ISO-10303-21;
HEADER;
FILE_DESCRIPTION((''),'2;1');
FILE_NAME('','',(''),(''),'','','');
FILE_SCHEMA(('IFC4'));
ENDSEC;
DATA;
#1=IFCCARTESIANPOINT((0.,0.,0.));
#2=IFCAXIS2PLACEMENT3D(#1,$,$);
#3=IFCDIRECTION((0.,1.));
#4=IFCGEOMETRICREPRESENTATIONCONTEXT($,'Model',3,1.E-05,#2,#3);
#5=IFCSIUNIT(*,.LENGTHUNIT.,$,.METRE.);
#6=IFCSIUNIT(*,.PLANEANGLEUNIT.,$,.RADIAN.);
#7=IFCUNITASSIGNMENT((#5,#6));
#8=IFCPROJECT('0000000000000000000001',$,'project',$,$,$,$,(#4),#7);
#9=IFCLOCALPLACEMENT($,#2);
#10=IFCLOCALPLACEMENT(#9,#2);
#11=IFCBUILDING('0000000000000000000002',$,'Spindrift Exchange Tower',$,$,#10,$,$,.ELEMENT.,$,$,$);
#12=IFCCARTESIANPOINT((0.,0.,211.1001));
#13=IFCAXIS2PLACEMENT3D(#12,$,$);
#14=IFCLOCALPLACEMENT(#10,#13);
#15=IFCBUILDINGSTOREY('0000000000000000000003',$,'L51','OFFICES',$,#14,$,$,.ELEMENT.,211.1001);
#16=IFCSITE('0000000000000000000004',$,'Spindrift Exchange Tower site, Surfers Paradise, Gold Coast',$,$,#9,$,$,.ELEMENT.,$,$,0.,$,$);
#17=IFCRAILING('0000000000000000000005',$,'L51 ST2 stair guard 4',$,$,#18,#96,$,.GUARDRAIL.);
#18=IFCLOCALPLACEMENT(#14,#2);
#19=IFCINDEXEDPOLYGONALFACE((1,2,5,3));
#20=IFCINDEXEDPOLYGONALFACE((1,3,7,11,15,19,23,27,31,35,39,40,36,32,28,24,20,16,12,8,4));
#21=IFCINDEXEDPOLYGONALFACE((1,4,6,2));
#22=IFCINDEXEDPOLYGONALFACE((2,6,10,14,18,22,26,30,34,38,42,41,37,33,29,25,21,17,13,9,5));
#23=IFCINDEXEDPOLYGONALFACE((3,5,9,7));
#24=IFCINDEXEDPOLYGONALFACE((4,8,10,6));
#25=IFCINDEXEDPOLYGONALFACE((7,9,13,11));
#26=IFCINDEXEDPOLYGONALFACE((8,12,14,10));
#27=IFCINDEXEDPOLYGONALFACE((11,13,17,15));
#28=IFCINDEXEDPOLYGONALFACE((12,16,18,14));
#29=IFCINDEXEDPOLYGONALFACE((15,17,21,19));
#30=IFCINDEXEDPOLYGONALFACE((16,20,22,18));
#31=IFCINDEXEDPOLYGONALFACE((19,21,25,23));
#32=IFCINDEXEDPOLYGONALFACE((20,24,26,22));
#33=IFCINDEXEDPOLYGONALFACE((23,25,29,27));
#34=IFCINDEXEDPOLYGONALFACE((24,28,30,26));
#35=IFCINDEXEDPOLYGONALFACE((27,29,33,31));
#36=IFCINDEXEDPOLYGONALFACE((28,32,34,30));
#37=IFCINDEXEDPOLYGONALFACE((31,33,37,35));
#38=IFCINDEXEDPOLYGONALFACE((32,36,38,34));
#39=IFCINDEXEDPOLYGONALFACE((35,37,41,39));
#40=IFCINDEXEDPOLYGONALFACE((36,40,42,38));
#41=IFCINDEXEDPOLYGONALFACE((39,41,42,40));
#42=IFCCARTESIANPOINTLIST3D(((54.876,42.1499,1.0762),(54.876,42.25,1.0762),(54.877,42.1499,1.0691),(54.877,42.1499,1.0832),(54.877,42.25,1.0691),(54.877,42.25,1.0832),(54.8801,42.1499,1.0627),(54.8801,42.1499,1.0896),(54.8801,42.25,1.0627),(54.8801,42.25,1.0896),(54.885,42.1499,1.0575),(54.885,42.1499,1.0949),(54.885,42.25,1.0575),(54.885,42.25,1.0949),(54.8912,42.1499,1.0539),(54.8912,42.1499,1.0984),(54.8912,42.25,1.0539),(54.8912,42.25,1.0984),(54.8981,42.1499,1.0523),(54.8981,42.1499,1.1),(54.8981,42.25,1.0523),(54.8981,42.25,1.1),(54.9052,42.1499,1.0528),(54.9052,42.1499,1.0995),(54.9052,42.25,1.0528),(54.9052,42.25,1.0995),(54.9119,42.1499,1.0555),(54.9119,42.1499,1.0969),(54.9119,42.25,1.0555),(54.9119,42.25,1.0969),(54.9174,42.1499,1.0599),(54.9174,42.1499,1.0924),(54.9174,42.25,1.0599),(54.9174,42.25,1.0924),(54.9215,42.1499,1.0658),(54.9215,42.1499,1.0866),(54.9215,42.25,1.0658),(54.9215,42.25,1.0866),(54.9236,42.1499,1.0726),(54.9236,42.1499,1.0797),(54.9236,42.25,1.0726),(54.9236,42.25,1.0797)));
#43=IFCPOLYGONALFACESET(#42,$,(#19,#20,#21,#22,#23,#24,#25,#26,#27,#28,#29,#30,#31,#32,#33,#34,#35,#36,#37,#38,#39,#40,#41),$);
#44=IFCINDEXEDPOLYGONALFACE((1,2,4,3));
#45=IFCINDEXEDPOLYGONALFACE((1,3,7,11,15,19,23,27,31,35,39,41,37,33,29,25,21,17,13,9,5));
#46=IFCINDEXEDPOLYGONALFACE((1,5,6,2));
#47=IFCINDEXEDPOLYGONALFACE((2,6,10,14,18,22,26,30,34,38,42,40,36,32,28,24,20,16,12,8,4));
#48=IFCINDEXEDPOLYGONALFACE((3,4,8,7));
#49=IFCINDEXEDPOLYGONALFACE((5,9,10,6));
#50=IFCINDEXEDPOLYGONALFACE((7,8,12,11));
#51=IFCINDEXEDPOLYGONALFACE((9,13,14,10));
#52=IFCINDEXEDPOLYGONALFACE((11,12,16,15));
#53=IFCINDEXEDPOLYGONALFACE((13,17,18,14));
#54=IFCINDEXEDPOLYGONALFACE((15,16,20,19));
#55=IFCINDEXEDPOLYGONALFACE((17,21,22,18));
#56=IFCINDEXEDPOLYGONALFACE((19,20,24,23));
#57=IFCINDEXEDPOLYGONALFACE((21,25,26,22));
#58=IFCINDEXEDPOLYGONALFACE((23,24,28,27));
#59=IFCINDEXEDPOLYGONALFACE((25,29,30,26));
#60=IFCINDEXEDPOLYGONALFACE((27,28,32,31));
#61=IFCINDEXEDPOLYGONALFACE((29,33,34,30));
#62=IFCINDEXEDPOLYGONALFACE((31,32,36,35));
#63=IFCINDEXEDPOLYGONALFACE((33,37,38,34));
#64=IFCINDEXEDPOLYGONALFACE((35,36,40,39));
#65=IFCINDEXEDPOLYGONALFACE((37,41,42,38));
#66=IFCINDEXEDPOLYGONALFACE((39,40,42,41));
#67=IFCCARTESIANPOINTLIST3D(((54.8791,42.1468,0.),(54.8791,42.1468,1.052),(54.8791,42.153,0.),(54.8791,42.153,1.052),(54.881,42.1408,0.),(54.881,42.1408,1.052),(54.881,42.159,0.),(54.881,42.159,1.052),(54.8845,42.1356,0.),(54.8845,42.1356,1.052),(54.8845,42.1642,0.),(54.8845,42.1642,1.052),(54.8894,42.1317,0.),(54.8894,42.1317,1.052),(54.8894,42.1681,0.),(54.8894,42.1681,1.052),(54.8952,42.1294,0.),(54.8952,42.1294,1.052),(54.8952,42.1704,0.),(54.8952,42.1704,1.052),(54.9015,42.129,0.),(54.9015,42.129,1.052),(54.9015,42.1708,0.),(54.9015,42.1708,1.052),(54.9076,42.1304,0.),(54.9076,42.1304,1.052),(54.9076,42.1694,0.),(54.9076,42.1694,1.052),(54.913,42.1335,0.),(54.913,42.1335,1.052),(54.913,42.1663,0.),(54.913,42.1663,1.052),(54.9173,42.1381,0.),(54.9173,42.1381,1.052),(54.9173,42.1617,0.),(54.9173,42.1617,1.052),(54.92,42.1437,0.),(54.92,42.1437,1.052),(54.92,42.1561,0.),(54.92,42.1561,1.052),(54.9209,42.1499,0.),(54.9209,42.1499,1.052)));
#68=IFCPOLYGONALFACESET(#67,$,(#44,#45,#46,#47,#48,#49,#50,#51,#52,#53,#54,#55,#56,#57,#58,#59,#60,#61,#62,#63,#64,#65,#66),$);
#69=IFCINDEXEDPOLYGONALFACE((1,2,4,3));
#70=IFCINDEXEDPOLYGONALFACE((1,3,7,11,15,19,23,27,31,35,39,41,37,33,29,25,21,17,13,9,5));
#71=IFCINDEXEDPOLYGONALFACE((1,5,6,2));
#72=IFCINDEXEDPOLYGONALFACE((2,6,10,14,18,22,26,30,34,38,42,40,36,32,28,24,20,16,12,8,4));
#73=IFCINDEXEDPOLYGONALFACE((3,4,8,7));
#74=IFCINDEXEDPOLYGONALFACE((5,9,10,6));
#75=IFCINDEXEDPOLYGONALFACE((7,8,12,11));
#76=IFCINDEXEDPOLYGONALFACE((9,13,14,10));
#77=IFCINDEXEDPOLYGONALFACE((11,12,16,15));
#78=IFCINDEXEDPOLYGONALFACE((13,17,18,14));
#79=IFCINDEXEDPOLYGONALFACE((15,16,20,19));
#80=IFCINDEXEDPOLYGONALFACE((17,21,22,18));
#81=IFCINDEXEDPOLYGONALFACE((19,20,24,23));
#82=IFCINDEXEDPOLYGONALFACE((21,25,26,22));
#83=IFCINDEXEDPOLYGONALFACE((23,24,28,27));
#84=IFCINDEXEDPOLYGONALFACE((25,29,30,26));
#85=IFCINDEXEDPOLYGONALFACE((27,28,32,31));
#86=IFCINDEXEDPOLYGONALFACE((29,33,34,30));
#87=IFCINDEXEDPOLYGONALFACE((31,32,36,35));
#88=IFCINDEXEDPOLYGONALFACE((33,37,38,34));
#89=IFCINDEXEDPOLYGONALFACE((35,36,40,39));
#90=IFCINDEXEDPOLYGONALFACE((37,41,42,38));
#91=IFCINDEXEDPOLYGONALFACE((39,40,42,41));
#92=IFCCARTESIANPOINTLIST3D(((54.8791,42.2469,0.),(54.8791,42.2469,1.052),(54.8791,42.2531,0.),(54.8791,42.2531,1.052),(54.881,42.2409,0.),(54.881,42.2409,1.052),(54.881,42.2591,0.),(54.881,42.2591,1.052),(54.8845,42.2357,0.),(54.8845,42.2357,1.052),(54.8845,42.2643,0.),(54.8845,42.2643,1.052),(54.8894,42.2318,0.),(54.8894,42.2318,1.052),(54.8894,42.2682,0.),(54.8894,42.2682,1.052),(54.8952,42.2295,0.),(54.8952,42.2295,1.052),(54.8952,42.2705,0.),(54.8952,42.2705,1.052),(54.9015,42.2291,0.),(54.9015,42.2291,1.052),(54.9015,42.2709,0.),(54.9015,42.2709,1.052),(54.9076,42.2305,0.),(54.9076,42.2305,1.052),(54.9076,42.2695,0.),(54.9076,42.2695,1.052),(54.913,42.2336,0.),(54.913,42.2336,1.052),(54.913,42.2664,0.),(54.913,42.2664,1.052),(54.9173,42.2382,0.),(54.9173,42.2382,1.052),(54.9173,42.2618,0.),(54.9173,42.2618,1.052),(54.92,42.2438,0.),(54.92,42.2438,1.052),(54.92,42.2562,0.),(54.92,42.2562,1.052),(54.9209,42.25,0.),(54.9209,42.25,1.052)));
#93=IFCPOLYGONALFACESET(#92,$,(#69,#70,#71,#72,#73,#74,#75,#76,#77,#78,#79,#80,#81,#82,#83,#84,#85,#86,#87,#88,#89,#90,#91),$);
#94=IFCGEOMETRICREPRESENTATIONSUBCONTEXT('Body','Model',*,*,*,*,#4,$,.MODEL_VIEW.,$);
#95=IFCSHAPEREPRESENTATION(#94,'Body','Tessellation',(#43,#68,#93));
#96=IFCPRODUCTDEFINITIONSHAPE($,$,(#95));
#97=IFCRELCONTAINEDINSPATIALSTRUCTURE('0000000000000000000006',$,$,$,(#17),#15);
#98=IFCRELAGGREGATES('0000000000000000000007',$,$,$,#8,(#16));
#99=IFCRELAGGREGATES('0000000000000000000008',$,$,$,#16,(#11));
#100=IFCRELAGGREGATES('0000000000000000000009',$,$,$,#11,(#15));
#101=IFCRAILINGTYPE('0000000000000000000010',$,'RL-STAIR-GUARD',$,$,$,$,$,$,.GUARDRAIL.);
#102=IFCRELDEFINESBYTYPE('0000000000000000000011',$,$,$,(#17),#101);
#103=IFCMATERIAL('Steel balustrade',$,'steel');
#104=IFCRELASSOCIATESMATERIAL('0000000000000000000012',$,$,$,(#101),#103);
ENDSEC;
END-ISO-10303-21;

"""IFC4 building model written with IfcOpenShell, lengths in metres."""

from ifc_helpers import new_model, si_unit, direction, frame, origin, origin_2d, place, context, subcontext, project, spatial, circle, extrude, material, type_object, element, save


model = new_model("IFC4")

# Units and contexts
model_context = context("Model", 3, precision=1e-05, world=origin(), true_north=direction((0.0, 1.0)))
body_context = subcontext(model_context, "Body", "Model", "MODEL_VIEW")
ifc_project = project(units=[si_unit("LENGTHUNIT", "METRE"), si_unit("PLANEANGLEUNIT", "RADIAN")], contexts=[model_context])

# Site, building, storey
site_placement = place(None, origin())
site = spatial("IfcSite", under=ifc_project, at=site_placement, Name="Spindrift Exchange Tower site, Surfers Paradise, Gold Coast", CompositionType="ELEMENT", RefElevation=0.0)
building_placement = place(site_placement, origin())
building = spatial("IfcBuilding", under=site, at=building_placement, Name="Spindrift Exchange Tower", CompositionType="ELEMENT")
storey_placement = place(building_placement, frame((0.0, 0.0, 211.1001)))
storey = spatial("IfcBuildingStorey", under=building, at=storey_placement, Name="L51", Description="OFFICES", CompositionType="ELEMENT", Elevation=211.1001)

# Railing
ifc_material_1 = material(Name="Steel balustrade", Category="steel")
railing_type_1 = type_object("IfcRailingType", Name="RL-STAIR-GUARD", PredefinedType="GUARDRAIL", material=ifc_material_1)
railing_1_placement = place(storey_placement, frame((54.8999, 42.1499, 0.0)))
element("IfcRailing", 1, at=railing_1_placement, inside=storey, type_object=railing_type_1, Name="L51 ST2 stair guard 4", PredefinedType="GUARDRAIL", context=body_context, shape_type="SweptSolid", body=[
    extrude(circle(Radius=0.0239, at=origin_2d()), frame((0.0, 0.0, 1.0762), z_axis=(0.0, 1.0, 0.0), x_axis=(-1.0, 0.0, 0.0)), (0.0, 0.0, 1.0), 0.1001),
    extrude(circle(Radius=0.021, at=origin_2d()), origin(), (0.0, 0.0, 1.0), 1.052),
    extrude(circle(Radius=0.021, at=origin_2d()), frame((0.0, 0.1001, 0.0)), (0.0, 0.0, 1.0), 1.052),
])

save(model, "model.ifc")
